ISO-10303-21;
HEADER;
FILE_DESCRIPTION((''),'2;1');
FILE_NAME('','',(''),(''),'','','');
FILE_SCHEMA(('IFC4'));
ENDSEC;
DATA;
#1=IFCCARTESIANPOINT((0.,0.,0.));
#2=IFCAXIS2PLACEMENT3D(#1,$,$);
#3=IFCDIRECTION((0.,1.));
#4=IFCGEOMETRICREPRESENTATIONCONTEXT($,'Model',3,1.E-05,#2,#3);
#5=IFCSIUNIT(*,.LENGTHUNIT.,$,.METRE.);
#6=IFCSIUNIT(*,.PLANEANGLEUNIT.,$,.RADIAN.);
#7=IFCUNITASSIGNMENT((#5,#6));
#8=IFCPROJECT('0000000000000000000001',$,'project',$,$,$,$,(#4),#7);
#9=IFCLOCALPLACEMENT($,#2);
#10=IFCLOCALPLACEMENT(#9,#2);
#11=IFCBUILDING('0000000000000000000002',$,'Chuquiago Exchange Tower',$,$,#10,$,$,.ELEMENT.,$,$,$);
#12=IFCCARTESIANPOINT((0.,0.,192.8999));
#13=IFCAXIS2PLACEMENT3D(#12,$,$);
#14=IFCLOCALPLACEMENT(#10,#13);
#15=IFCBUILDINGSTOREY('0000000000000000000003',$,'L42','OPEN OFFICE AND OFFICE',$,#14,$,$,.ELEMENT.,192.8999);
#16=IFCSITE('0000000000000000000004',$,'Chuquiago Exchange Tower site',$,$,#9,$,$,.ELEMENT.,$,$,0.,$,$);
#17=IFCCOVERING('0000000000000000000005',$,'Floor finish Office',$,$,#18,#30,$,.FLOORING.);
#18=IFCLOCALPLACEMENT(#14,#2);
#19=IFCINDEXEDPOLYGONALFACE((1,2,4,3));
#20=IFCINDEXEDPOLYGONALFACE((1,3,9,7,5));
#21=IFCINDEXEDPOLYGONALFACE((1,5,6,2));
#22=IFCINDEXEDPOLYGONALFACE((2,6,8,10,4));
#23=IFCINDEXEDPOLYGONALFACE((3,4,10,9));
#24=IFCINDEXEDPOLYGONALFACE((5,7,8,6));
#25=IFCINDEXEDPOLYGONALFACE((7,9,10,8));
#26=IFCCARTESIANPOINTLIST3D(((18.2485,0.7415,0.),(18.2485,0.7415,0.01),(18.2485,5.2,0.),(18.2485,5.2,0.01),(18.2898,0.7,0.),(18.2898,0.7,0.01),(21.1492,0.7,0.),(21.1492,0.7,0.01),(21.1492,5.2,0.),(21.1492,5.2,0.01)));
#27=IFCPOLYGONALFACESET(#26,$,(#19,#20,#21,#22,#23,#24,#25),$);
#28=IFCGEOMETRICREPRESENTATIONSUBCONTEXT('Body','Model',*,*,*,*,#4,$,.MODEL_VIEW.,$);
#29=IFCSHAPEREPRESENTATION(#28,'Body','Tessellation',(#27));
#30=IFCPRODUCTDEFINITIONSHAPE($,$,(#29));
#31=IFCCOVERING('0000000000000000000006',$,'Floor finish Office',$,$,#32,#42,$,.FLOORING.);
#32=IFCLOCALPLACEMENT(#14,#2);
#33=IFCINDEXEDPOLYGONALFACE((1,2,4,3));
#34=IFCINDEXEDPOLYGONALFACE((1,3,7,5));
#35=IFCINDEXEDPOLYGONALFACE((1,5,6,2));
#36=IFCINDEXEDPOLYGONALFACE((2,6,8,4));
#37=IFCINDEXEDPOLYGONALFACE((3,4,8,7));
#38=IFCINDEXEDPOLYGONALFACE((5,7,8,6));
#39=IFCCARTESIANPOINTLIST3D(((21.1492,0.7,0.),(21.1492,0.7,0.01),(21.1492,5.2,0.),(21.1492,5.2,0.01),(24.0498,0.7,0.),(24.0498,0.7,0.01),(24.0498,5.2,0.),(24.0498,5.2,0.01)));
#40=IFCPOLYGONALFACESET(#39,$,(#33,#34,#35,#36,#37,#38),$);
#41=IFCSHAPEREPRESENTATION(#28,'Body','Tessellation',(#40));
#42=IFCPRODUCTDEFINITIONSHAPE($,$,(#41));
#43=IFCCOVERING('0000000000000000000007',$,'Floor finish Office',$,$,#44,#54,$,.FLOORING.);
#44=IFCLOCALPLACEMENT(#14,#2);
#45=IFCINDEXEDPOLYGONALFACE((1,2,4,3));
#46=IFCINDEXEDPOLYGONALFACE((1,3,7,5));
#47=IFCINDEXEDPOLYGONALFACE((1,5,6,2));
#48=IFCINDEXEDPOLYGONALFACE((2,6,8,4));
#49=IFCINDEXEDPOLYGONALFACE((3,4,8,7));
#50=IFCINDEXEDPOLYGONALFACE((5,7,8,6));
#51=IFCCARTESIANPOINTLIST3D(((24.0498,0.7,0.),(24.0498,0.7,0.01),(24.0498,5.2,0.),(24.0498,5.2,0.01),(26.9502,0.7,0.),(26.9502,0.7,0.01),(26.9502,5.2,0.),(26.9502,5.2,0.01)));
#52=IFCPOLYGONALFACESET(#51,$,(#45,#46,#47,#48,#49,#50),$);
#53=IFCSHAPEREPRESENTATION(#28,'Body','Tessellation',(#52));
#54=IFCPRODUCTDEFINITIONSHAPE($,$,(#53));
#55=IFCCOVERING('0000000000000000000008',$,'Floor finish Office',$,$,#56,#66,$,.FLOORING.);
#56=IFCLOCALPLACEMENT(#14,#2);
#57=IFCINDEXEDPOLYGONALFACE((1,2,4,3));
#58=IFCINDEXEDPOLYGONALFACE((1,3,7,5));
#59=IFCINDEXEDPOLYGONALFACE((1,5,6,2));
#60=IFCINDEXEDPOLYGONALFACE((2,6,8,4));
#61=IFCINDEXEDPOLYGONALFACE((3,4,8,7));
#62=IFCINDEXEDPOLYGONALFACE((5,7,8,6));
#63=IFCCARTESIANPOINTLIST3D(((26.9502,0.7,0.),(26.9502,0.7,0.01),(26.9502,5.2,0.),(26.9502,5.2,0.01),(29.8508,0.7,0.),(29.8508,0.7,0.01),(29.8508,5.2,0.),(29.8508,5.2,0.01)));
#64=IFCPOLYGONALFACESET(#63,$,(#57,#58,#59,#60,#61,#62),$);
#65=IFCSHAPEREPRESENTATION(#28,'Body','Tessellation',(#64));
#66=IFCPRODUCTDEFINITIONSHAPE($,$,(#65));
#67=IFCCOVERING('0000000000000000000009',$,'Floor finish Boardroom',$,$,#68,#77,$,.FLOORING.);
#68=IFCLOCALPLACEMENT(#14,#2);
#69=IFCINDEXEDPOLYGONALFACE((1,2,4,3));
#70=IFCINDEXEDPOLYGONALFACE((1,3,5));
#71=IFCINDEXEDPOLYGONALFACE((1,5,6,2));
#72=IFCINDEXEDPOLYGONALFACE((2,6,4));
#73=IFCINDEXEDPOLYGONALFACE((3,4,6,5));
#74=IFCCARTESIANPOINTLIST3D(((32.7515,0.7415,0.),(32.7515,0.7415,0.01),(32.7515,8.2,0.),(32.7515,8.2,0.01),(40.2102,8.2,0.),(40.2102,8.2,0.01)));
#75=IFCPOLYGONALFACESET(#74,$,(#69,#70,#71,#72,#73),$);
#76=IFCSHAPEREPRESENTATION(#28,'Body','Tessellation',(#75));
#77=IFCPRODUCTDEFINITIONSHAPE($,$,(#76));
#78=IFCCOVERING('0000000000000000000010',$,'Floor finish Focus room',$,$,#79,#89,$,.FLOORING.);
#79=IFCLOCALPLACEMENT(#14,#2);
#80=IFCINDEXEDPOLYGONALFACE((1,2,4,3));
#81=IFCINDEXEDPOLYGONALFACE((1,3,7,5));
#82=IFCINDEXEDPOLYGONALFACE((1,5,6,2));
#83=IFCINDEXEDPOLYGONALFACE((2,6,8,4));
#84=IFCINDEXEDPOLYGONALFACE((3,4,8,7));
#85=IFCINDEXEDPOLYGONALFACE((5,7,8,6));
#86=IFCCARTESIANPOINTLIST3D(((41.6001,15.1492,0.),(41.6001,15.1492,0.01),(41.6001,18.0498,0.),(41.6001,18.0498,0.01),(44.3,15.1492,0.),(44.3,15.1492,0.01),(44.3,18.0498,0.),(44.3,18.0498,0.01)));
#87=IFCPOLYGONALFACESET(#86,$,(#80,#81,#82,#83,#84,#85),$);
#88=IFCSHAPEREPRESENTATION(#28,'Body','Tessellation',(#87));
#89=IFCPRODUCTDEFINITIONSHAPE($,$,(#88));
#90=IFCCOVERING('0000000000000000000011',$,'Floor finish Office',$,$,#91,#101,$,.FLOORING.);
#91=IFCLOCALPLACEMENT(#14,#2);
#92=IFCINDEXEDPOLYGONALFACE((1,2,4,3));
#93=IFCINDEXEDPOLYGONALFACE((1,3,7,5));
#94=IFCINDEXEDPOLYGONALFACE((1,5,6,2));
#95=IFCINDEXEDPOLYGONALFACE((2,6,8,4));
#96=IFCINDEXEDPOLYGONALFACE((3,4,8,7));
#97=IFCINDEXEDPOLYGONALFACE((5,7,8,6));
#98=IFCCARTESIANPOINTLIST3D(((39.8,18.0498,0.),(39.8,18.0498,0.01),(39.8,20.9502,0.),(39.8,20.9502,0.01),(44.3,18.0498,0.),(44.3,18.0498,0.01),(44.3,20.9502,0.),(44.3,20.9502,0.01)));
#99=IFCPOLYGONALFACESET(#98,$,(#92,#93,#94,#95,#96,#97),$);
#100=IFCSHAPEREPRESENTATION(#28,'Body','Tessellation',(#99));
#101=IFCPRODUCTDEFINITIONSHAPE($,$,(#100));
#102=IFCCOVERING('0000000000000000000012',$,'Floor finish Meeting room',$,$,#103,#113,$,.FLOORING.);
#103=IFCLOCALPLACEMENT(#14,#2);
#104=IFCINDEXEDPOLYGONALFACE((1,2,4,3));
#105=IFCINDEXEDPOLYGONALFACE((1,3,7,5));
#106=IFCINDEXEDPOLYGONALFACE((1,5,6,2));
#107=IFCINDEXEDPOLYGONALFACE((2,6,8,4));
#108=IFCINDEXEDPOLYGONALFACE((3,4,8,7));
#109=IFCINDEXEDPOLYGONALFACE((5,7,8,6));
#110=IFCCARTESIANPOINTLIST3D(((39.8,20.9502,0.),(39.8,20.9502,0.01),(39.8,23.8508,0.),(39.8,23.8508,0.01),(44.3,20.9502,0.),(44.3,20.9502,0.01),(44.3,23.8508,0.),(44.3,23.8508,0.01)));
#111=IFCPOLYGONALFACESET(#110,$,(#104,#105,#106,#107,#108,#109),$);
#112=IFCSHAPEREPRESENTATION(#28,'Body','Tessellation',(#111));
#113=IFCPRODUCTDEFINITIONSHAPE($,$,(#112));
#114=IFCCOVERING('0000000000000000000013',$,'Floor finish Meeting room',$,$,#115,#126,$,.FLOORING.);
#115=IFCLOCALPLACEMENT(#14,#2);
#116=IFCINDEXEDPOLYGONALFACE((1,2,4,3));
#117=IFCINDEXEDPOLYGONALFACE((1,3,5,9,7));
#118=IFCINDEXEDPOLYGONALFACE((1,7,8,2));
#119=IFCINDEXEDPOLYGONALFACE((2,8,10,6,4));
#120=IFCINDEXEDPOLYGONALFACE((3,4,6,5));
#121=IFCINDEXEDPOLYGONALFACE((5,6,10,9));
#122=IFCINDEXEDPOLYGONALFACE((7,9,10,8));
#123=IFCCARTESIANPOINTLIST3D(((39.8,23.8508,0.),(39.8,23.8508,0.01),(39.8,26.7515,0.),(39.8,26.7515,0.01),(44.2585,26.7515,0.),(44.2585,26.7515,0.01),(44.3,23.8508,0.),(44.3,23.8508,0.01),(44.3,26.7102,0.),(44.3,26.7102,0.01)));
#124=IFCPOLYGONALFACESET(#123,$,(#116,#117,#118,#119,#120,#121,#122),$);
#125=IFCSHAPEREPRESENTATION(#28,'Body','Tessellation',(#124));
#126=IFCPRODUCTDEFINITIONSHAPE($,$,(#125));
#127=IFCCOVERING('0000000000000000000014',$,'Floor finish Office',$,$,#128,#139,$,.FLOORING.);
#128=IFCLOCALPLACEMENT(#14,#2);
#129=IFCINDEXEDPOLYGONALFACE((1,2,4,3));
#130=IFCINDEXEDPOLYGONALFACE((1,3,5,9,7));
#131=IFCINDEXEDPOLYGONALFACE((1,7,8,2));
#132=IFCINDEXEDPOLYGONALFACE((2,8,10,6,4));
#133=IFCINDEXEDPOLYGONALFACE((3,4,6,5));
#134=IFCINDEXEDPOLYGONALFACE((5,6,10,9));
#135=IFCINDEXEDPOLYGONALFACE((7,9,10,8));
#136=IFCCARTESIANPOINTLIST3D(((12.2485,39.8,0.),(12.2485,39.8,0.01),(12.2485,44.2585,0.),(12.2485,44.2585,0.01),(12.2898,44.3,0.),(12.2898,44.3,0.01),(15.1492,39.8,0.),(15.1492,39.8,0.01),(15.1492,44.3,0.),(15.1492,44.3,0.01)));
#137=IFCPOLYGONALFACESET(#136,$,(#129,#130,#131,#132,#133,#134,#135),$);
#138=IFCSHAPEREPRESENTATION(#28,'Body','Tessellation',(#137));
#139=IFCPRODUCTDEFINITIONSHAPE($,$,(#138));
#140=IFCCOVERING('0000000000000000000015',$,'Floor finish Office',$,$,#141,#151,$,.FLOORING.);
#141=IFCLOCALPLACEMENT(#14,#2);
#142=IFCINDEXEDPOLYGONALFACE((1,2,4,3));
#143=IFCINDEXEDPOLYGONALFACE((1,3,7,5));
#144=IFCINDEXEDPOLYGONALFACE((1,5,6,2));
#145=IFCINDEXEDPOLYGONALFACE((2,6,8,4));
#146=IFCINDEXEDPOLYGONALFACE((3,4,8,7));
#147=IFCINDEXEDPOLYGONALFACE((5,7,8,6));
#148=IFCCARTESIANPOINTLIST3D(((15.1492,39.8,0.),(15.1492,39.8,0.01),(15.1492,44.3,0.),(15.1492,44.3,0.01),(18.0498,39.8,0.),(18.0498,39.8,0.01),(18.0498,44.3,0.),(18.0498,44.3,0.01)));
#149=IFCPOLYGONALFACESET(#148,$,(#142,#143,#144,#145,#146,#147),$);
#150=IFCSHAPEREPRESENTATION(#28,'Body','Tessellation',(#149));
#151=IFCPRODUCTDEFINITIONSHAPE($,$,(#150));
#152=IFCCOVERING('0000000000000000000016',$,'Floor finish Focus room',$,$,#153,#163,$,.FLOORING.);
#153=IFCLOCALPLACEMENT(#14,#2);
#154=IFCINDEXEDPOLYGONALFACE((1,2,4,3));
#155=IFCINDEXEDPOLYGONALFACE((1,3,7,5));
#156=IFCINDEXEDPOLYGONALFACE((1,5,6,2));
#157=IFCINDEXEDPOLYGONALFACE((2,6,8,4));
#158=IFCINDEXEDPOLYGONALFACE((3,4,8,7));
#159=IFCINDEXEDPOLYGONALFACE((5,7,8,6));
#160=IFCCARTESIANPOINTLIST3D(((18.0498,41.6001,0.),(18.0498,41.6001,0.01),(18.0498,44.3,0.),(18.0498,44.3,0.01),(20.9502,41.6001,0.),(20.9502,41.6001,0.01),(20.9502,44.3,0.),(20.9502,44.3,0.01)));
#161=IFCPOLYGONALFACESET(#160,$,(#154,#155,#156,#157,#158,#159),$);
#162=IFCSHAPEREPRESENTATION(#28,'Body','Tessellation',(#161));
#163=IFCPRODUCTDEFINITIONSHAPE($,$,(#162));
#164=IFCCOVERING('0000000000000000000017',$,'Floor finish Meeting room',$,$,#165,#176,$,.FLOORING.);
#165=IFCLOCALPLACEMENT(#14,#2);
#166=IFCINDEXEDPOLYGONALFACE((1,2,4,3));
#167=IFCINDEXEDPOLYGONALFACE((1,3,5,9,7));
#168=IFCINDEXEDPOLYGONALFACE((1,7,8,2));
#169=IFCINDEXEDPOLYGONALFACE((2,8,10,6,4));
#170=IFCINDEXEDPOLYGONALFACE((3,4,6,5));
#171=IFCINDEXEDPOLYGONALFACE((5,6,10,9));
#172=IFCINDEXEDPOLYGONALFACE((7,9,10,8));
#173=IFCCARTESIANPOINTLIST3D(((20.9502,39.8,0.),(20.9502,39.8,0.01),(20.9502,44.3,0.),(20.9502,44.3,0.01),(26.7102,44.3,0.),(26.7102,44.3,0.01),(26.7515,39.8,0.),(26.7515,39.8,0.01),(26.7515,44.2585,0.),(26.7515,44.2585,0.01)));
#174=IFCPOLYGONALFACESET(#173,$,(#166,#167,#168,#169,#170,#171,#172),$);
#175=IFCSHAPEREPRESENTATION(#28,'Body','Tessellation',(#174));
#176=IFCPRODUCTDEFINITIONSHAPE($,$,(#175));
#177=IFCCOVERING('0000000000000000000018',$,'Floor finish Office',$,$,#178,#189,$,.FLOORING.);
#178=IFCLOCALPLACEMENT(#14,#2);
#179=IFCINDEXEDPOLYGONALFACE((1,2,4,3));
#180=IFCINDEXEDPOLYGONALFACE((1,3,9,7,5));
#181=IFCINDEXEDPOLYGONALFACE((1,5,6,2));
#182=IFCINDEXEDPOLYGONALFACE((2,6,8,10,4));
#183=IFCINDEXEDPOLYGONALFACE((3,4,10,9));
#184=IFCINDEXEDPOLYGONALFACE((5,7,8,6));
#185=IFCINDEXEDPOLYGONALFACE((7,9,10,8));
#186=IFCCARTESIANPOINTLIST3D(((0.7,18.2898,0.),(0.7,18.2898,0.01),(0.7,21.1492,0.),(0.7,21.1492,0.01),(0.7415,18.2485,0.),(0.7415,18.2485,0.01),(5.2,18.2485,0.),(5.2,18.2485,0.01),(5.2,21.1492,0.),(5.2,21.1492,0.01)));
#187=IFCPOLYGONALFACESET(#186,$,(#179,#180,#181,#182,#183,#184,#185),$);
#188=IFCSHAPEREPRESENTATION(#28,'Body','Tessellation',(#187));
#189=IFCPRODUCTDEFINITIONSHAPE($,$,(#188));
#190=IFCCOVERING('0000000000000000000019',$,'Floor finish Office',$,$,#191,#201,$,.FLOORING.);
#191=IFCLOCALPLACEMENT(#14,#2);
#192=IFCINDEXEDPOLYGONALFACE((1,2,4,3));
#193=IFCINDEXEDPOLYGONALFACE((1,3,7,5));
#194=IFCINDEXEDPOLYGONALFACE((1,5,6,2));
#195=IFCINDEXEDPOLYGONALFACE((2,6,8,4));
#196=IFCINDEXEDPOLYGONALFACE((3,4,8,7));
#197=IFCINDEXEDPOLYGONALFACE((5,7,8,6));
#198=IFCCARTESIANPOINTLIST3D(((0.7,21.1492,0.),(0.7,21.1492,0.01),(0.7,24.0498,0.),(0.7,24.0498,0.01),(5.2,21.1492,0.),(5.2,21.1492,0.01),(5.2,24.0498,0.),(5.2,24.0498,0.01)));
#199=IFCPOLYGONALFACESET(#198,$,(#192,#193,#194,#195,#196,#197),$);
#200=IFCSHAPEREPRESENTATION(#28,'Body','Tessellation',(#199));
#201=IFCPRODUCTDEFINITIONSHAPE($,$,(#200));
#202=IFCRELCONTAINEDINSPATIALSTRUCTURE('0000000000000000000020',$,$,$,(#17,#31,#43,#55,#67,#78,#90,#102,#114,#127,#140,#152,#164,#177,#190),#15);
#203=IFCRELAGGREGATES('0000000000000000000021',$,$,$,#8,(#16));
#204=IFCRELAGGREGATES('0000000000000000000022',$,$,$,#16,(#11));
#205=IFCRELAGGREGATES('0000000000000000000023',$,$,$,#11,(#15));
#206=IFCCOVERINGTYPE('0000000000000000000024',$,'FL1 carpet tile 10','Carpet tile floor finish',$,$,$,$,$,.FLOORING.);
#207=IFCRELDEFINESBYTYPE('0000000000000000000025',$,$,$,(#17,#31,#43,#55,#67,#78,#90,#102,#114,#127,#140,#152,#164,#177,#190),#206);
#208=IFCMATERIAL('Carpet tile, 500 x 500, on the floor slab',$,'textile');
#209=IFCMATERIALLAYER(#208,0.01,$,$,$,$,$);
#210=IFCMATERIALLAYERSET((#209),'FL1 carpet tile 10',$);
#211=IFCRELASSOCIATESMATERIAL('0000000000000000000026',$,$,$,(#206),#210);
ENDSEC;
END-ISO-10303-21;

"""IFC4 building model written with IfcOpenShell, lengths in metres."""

from ifc_helpers import new_model, si_unit, direction, frame, origin, place, context, subcontext, project, spatial, polyline, outline, extrude, material, layer, layer_set, type_object, element, save


model = new_model("IFC4")

# Units and contexts
model_context = context("Model", 3, precision=1e-05, world=origin(), true_north=direction((0.0, 1.0)))
body_context = subcontext(model_context, "Body", "Model", "MODEL_VIEW")
ifc_project = project(units=[si_unit("LENGTHUNIT", "METRE"), si_unit("PLANEANGLEUNIT", "RADIAN")], contexts=[model_context])

# Site, building, storey
site_placement = place(None, origin())
site = spatial("IfcSite", under=ifc_project, at=site_placement, Name="Chuquiago Exchange Tower site", CompositionType="ELEMENT", RefElevation=0.0)
building_placement = place(site_placement, origin())
building = spatial("IfcBuilding", under=site, at=building_placement, Name="Chuquiago Exchange Tower", CompositionType="ELEMENT")
storey_placement = place(building_placement, frame((0.0, 0.0, 192.8999)))
storey = spatial("IfcBuildingStorey", under=building, at=storey_placement, Name="L42", Description="OPEN OFFICE AND OFFICE", CompositionType="ELEMENT", Elevation=192.8999)

# Coverings
ifc_material_1 = material(Name="Carpet tile, 500 x 500, on the floor slab", Category="textile")
ifc_layer_1 = layer(ifc_material_1, 0.01)
ifc_layer_set_1 = layer_set([ifc_layer_1], Name="FL1 carpet tile 10")
covering_type_1 = type_object("IfcCoveringType", Name="FL1 carpet tile 10", Description="Carpet tile floor finish", PredefinedType="FLOORING", material=ifc_layer_set_1)
covering_1_placement = place(storey_placement, origin())
element("IfcCovering", 1, at=covering_1_placement, inside=storey, type_object=covering_type_1, Name="Floor finish Office", PredefinedType="FLOORING", context=body_context, shape_type="SweptSolid", body=[
    extrude(outline(polyline([(18.2898, 0.7), (18.2485, 0.7415), (18.2485, 5.2), (21.1492, 5.2), (21.1492, 0.7), (18.2898, 0.7)])), origin(), (0.0, 0.0, 1.0), 0.01),
])
covering_2_placement = place(storey_placement, origin())
element("IfcCovering", 2, at=covering_2_placement, inside=storey, type_object=covering_type_1, Name="Floor finish Office", PredefinedType="FLOORING", context=body_context, shape_type="SweptSolid", body=[
    extrude(outline(polyline([(21.1492, 0.7), (21.1492, 5.2), (24.0498, 5.2), (24.0498, 0.7), (21.1492, 0.7)])), origin(), (0.0, 0.0, 1.0), 0.01),
])
covering_3_placement = place(storey_placement, origin())
element("IfcCovering", 3, at=covering_3_placement, inside=storey, type_object=covering_type_1, Name="Floor finish Office", PredefinedType="FLOORING", context=body_context, shape_type="SweptSolid", body=[
    extrude(outline(polyline([(24.0498, 0.7), (24.0498, 5.2), (26.9502, 5.2), (26.9502, 0.7), (24.0498, 0.7)])), origin(), (0.0, 0.0, 1.0), 0.01),
])
covering_4_placement = place(storey_placement, origin())
element("IfcCovering", 4, at=covering_4_placement, inside=storey, type_object=covering_type_1, Name="Floor finish Office", PredefinedType="FLOORING", context=body_context, shape_type="SweptSolid", body=[
    extrude(outline(polyline([(26.9502, 0.7), (26.9502, 5.2), (29.8508, 5.2), (29.8508, 0.7), (26.9502, 0.7)])), origin(), (0.0, 0.0, 1.0), 0.01),
])
covering_5_placement = place(storey_placement, origin())
element("IfcCovering", 5, at=covering_5_placement, inside=storey, type_object=covering_type_1, Name="Floor finish Boardroom", PredefinedType="FLOORING", context=body_context, shape_type="SweptSolid", body=[
    extrude(outline(polyline([(32.7515, 0.7415), (32.7515, 8.2), (40.2102, 8.2), (32.7515, 0.7415)])), origin(), (0.0, 0.0, 1.0), 0.01),
])
covering_6_placement = place(storey_placement, origin())
element("IfcCovering", 6, at=covering_6_placement, inside=storey, type_object=covering_type_1, Name="Floor finish Focus room", PredefinedType="FLOORING", context=body_context, shape_type="SweptSolid", body=[
    extrude(outline(polyline([(44.3, 15.1492), (41.6001, 15.1492), (41.6001, 18.0498), (44.3, 18.0498), (44.3, 15.1492)])), origin(), (0.0, 0.0, 1.0), 0.01),
])
covering_7_placement = place(storey_placement, origin())
element("IfcCovering", 7, at=covering_7_placement, inside=storey, type_object=covering_type_1, Name="Floor finish Office", PredefinedType="FLOORING", context=body_context, shape_type="SweptSolid", body=[
    extrude(outline(polyline([(44.3, 18.0498), (39.8, 18.0498), (39.8, 20.9502), (44.3, 20.9502), (44.3, 18.0498)])), origin(), (0.0, 0.0, 1.0), 0.01),
])
covering_8_placement = place(storey_placement, origin())
element("IfcCovering", 8, at=covering_8_placement, inside=storey, type_object=covering_type_1, Name="Floor finish Meeting room", PredefinedType="FLOORING", context=body_context, shape_type="SweptSolid", body=[
    extrude(outline(polyline([(44.3, 20.9502), (39.8, 20.9502), (39.8, 23.8508), (44.3, 23.8508), (44.3, 20.9502)])), origin(), (0.0, 0.0, 1.0), 0.01),
])
covering_9_placement = place(storey_placement, origin())
element("IfcCovering", 9, at=covering_9_placement, inside=storey, type_object=covering_type_1, Name="Floor finish Meeting room", PredefinedType="FLOORING", context=body_context, shape_type="SweptSolid", body=[
    extrude(outline(polyline([(44.3, 26.7102), (44.3, 23.8508), (39.8, 23.8508), (39.8, 26.7515), (44.2585, 26.7515), (44.3, 26.7102)])), origin(), (0.0, 0.0, 1.0), 0.01),
])
covering_10_placement = place(storey_placement, origin())
element("IfcCovering", 10, at=covering_10_placement, inside=storey, type_object=covering_type_1, Name="Floor finish Office", PredefinedType="FLOORING", context=body_context, shape_type="SweptSolid", body=[
    extrude(outline(polyline([(12.2898, 44.3), (15.1492, 44.3), (15.1492, 39.8), (12.2485, 39.8), (12.2485, 44.2585), (12.2898, 44.3)])), origin(), (0.0, 0.0, 1.0), 0.01),
])
covering_11_placement = place(storey_placement, origin())
element("IfcCovering", 11, at=covering_11_placement, inside=storey, type_object=covering_type_1, Name="Floor finish Office", PredefinedType="FLOORING", context=body_context, shape_type="SweptSolid", body=[
    extrude(outline(polyline([(18.0498, 44.3), (18.0498, 39.8), (15.1492, 39.8), (15.1492, 44.3), (18.0498, 44.3)])), origin(), (0.0, 0.0, 1.0), 0.01),
])
covering_12_placement = place(storey_placement, origin())
element("IfcCovering", 12, at=covering_12_placement, inside=storey, type_object=covering_type_1, Name="Floor finish Focus room", PredefinedType="FLOORING", context=body_context, shape_type="SweptSolid", body=[
    extrude(outline(polyline([(20.9502, 44.3), (20.9502, 41.6001), (18.0498, 41.6001), (18.0498, 44.3), (20.9502, 44.3)])), origin(), (0.0, 0.0, 1.0), 0.01),
])
covering_13_placement = place(storey_placement, origin())
element("IfcCovering", 13, at=covering_13_placement, inside=storey, type_object=covering_type_1, Name="Floor finish Meeting room", PredefinedType="FLOORING", context=body_context, shape_type="SweptSolid", body=[
    extrude(outline(polyline([(26.7102, 44.3), (26.7515, 44.2585), (26.7515, 39.8), (20.9502, 39.8), (20.9502, 44.3), (26.7102, 44.3)])), origin(), (0.0, 0.0, 1.0), 0.01),
])
covering_14_placement = place(storey_placement, origin())
element("IfcCovering", 14, at=covering_14_placement, inside=storey, type_object=covering_type_1, Name="Floor finish Office", PredefinedType="FLOORING", context=body_context, shape_type="SweptSolid", body=[
    extrude(outline(polyline([(0.7, 21.1492), (5.2, 21.1492), (5.2, 18.2485), (0.7415, 18.2485), (0.7, 18.2898), (0.7, 21.1492)])), origin(), (0.0, 0.0, 1.0), 0.01),
])
covering_15_placement = place(storey_placement, origin())
element("IfcCovering", 15, at=covering_15_placement, inside=storey, type_object=covering_type_1, Name="Floor finish Office", PredefinedType="FLOORING", context=body_context, shape_type="SweptSolid", body=[
    extrude(outline(polyline([(0.7, 24.0498), (5.2, 24.0498), (5.2, 21.1492), (0.7, 21.1492), (0.7, 24.0498)])), origin(), (0.0, 0.0, 1.0), 0.01),
])

save(model, "model.ifc")
